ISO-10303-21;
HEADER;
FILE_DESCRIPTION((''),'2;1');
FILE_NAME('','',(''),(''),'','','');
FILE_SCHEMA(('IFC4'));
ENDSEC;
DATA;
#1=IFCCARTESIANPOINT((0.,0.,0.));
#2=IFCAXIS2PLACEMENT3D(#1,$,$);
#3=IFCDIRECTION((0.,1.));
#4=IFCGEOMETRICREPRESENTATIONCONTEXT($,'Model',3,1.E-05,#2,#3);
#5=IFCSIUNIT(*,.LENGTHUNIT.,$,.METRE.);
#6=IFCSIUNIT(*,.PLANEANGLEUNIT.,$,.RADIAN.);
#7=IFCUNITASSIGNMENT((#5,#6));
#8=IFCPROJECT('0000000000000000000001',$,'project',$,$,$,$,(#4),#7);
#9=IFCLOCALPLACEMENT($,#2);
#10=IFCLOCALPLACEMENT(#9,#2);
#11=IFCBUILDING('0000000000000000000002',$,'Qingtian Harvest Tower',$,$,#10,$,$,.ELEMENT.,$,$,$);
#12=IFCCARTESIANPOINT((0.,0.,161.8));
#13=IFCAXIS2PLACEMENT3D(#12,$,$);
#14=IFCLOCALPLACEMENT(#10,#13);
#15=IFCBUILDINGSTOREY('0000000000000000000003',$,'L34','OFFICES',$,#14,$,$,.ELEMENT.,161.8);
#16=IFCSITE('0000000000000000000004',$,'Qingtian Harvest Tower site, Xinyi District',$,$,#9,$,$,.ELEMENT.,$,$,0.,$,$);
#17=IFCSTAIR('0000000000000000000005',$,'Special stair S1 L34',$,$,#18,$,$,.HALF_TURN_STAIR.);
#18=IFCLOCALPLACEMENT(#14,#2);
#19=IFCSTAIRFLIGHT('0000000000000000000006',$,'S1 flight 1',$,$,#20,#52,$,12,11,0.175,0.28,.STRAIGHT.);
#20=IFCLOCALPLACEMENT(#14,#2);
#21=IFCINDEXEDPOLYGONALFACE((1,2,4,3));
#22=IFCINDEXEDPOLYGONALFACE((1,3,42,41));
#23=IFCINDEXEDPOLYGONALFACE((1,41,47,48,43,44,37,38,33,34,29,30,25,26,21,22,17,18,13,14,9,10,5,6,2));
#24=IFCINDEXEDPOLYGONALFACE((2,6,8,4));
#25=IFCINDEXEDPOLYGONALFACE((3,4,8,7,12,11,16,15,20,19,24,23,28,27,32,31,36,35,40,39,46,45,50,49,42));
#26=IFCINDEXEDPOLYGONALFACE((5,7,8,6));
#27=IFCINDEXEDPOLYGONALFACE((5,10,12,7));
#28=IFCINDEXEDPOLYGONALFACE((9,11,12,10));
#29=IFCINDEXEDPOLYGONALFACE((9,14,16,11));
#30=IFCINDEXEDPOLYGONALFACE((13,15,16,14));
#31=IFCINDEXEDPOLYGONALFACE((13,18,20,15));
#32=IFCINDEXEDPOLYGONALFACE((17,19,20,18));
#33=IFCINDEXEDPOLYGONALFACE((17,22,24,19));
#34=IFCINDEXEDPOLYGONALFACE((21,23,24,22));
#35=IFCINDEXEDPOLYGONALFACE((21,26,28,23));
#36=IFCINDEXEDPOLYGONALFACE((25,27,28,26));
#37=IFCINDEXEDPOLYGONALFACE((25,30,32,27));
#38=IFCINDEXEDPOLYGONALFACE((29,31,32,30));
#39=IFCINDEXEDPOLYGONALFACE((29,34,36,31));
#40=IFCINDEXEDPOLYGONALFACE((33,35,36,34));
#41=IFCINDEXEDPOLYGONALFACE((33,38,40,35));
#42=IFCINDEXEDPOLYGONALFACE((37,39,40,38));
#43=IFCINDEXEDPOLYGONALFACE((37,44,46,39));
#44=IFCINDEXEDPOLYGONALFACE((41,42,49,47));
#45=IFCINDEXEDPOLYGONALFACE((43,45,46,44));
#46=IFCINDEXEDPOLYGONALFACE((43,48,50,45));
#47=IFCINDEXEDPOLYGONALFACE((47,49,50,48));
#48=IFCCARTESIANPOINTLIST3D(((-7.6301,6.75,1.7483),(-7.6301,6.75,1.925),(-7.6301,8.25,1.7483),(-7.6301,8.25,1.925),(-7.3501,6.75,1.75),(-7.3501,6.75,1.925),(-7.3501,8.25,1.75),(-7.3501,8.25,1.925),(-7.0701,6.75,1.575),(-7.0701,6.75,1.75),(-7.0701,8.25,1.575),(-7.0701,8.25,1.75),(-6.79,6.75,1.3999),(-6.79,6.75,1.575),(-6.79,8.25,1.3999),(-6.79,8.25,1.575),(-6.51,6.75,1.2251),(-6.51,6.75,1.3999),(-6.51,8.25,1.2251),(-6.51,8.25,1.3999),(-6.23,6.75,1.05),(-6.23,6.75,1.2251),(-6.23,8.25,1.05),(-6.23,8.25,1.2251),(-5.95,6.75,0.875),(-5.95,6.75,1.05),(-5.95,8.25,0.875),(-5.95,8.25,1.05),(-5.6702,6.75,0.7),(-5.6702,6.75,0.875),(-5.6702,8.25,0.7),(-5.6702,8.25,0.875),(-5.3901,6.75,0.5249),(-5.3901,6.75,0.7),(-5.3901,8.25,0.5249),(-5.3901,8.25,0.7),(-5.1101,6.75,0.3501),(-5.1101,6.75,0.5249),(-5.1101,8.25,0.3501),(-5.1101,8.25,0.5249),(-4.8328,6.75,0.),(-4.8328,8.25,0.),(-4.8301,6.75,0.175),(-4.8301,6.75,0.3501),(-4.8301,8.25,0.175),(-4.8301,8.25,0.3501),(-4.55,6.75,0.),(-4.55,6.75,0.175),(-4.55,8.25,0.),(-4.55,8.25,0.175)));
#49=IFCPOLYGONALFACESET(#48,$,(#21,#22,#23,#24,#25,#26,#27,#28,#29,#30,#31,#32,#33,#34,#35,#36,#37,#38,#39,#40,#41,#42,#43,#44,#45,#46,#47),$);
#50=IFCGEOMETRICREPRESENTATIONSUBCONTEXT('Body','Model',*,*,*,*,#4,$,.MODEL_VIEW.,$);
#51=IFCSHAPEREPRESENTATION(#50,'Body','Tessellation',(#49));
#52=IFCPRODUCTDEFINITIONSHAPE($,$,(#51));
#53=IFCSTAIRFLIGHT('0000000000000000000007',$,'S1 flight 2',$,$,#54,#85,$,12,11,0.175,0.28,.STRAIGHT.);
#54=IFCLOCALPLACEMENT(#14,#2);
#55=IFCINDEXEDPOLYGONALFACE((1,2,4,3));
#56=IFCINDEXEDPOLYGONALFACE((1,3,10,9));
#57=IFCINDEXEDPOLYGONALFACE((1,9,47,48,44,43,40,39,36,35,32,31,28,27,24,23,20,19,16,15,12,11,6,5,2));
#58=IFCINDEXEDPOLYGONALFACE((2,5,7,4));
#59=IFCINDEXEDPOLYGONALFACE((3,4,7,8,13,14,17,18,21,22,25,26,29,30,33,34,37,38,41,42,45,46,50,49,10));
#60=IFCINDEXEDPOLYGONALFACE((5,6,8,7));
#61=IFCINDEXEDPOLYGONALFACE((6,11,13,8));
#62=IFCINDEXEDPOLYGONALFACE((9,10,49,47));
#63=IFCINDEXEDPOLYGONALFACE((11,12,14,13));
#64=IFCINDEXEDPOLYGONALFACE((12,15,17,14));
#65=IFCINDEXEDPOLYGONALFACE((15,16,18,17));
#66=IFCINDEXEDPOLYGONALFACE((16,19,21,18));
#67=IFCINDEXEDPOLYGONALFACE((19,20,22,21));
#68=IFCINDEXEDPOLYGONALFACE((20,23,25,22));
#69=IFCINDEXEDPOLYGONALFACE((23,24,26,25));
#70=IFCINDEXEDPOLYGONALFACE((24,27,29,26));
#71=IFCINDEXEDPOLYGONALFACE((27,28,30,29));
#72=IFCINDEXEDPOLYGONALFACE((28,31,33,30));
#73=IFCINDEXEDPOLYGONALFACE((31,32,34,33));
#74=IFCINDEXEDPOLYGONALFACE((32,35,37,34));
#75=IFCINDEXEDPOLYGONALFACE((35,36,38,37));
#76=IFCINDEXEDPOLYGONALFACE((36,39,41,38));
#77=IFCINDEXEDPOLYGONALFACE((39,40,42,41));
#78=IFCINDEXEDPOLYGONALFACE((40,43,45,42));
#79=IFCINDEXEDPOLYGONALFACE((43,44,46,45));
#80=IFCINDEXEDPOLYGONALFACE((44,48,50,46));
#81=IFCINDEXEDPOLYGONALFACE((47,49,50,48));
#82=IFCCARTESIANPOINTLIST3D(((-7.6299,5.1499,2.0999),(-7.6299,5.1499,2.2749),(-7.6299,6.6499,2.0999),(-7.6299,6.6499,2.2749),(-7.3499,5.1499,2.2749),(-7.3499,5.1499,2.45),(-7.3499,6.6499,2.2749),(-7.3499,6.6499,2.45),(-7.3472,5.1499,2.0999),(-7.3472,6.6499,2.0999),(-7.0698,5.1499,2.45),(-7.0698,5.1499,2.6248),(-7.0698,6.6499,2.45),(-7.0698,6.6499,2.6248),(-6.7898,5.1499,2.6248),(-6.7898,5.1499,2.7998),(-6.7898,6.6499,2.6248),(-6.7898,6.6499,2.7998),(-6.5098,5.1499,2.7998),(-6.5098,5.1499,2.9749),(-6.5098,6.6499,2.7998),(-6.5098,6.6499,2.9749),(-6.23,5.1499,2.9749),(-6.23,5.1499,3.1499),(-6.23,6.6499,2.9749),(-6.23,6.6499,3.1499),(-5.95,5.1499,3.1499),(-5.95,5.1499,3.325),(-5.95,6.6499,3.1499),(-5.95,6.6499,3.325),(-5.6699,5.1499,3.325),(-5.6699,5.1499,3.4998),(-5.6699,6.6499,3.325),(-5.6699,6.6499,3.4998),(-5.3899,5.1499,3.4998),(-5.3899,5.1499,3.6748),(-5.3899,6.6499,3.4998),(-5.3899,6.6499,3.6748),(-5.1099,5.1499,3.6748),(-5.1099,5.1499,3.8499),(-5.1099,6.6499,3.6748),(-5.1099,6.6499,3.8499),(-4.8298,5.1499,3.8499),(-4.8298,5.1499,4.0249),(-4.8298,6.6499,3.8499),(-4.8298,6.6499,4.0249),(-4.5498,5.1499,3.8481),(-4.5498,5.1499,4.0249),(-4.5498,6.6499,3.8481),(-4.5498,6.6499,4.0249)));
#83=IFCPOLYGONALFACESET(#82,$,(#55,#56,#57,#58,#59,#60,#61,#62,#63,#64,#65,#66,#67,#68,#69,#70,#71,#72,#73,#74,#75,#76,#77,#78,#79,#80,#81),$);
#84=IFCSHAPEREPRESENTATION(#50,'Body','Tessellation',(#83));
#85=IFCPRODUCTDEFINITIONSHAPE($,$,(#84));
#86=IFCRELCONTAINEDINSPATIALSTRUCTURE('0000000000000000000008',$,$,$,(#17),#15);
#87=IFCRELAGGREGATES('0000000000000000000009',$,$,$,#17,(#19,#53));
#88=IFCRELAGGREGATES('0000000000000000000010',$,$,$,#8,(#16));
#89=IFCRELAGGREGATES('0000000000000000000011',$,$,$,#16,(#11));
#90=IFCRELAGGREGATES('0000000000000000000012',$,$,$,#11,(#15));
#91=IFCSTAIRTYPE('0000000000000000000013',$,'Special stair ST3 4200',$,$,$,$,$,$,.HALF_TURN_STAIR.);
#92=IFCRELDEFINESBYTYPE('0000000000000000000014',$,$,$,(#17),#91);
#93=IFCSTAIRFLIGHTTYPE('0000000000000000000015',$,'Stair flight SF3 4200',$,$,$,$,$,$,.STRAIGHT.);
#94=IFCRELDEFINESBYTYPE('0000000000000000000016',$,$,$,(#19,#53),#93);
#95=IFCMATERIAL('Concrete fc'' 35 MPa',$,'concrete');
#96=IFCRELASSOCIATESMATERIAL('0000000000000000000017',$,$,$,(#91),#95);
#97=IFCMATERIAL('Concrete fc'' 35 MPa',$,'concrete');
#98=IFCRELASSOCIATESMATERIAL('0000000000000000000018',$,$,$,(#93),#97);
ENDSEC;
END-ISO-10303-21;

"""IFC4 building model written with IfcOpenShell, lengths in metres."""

from ifc_helpers import new_model, si_unit, direction, frame, origin, place, context, subcontext, project, spatial, polyline, outline, extrude, material, type_object, element, aggregate, save


model = new_model("IFC4")

# Units and contexts
model_context = context("Model", 3, precision=1e-05, world=origin(), true_north=direction((0.0, 1.0)))
body_context = subcontext(model_context, "Body", "Model", "MODEL_VIEW")
ifc_project = project(units=[si_unit("LENGTHUNIT", "METRE"), si_unit("PLANEANGLEUNIT", "RADIAN")], contexts=[model_context])

# Site, building, storey
site_placement = place(None, origin())
site = spatial("IfcSite", under=ifc_project, at=site_placement, Name="Qingtian Harvest Tower site, Xinyi District", CompositionType="ELEMENT", RefElevation=0.0)
building_placement = place(site_placement, origin())
building = spatial("IfcBuilding", under=site, at=building_placement, Name="Qingtian Harvest Tower", CompositionType="ELEMENT")
storey_placement = place(building_placement, frame((0.0, 0.0, 161.8)))
storey = spatial("IfcBuildingStorey", under=building, at=storey_placement, Name="L34", Description="OFFICES", CompositionType="ELEMENT", Elevation=161.8)

# Stair, stair flights
ifc_material_1 = material(Name="Concrete fc' 35 MPa", Category="concrete")
stair_type = type_object("IfcStairType", Name="Special stair ST3 4200", PredefinedType="HALF_TURN_STAIR", material=ifc_material_1)
stair_placement = place(storey_placement, origin())
stair = element("IfcStair", 1, at=stair_placement, inside=storey, type_object=stair_type, Name="Special stair S1 L34", PredefinedType="HALF_TURN_STAIR")
ifc_material_2 = material(Name="Concrete fc' 35 MPa", Category="concrete")
stair_flight_type = type_object("IfcStairFlightType", Name="Stair flight SF3 4200", PredefinedType="STRAIGHT", material=ifc_material_2)
stair_flight_1_placement = place(storey_placement, frame((-4.55, 7.5, 0.0), z_axis=(0.0, 0.0, 1.0), x_axis=(-1.0, 0.0, 0.0)))
stair_flight_1 = element("IfcStairFlight", 2, at=stair_flight_1_placement, type_object=stair_flight_type, Name="S1 flight 1", NumberOfRisers=12, NumberOfTreads=11, PredefinedType="STRAIGHT", RiserHeight=0.175, TreadLength=0.28, context=body_context, shape_type="SweptSolid", body=[
    extrude(outline(polyline([(0.0, 0.0), (0.0, 0.175), (0.28, 0.175), (0.28, 0.3501), (0.5601, 0.3501), (0.5601, 0.5249), (0.8401, 0.5249), (0.8401, 0.7), (1.1201, 0.7), (1.1201, 0.875), (1.3999, 0.875), (1.3999, 1.05), (1.6799, 1.05), (1.6799, 1.2251), (1.96, 1.2251), (1.96, 1.3999), (2.24, 1.3999), (2.24, 1.575), (2.52, 1.575), (2.52, 1.75), (2.8, 1.75), (2.8, 1.925), (3.0801, 1.925), (3.0801, 2.1001), (3.0801, 1.7483), (0.2827, 0.0), (0.0, 0.0)])), frame((0.0, 0.75, 0.0), z_axis=(0.0, -1.0, 0.0), x_axis=(1.0, 0.0, 0.0)), (0.0, 0.0, 1.0), 1.5),
])
stair_flight_2_placement = place(storey_placement, frame((-7.6299, 5.8999, 2.0999), z_axis=(0.0, 0.0, 1.0), x_axis=(1.0, 0.0, 0.0)))
stair_flight_2 = element("IfcStairFlight", 3, at=stair_flight_2_placement, type_object=stair_flight_type, Name="S1 flight 2", NumberOfRisers=12, NumberOfTreads=11, PredefinedType="STRAIGHT", RiserHeight=0.175, TreadLength=0.28, context=body_context, shape_type="SweptSolid", body=[
    extrude(outline(polyline([(0.0, 0.0), (0.0, 0.175), (0.28, 0.175), (0.28, 0.3501), (0.5601, 0.3501), (0.5601, 0.5249), (0.8401, 0.5249), (0.8401, 0.7), (1.1201, 0.7), (1.1201, 0.875), (1.3999, 0.875), (1.3999, 1.05), (1.6799, 1.05), (1.6799, 1.2251), (1.96, 1.2251), (1.96, 1.3999), (2.24, 1.3999), (2.24, 1.575), (2.52, 1.575), (2.52, 1.75), (2.8, 1.75), (2.8, 1.925), (3.0801, 1.925), (3.0801, 2.1001), (3.0801, 1.7483), (0.2827, 0.0), (0.0, 0.0)])), frame((0.0, 0.75, 0.0), z_axis=(0.0, -1.0, 0.0), x_axis=(1.0, 0.0, 0.0)), (0.0, 0.0, 1.0), 1.5),
])
aggregate(stair, [stair_flight_1, stair_flight_2])

save(model, "model.ifc")
